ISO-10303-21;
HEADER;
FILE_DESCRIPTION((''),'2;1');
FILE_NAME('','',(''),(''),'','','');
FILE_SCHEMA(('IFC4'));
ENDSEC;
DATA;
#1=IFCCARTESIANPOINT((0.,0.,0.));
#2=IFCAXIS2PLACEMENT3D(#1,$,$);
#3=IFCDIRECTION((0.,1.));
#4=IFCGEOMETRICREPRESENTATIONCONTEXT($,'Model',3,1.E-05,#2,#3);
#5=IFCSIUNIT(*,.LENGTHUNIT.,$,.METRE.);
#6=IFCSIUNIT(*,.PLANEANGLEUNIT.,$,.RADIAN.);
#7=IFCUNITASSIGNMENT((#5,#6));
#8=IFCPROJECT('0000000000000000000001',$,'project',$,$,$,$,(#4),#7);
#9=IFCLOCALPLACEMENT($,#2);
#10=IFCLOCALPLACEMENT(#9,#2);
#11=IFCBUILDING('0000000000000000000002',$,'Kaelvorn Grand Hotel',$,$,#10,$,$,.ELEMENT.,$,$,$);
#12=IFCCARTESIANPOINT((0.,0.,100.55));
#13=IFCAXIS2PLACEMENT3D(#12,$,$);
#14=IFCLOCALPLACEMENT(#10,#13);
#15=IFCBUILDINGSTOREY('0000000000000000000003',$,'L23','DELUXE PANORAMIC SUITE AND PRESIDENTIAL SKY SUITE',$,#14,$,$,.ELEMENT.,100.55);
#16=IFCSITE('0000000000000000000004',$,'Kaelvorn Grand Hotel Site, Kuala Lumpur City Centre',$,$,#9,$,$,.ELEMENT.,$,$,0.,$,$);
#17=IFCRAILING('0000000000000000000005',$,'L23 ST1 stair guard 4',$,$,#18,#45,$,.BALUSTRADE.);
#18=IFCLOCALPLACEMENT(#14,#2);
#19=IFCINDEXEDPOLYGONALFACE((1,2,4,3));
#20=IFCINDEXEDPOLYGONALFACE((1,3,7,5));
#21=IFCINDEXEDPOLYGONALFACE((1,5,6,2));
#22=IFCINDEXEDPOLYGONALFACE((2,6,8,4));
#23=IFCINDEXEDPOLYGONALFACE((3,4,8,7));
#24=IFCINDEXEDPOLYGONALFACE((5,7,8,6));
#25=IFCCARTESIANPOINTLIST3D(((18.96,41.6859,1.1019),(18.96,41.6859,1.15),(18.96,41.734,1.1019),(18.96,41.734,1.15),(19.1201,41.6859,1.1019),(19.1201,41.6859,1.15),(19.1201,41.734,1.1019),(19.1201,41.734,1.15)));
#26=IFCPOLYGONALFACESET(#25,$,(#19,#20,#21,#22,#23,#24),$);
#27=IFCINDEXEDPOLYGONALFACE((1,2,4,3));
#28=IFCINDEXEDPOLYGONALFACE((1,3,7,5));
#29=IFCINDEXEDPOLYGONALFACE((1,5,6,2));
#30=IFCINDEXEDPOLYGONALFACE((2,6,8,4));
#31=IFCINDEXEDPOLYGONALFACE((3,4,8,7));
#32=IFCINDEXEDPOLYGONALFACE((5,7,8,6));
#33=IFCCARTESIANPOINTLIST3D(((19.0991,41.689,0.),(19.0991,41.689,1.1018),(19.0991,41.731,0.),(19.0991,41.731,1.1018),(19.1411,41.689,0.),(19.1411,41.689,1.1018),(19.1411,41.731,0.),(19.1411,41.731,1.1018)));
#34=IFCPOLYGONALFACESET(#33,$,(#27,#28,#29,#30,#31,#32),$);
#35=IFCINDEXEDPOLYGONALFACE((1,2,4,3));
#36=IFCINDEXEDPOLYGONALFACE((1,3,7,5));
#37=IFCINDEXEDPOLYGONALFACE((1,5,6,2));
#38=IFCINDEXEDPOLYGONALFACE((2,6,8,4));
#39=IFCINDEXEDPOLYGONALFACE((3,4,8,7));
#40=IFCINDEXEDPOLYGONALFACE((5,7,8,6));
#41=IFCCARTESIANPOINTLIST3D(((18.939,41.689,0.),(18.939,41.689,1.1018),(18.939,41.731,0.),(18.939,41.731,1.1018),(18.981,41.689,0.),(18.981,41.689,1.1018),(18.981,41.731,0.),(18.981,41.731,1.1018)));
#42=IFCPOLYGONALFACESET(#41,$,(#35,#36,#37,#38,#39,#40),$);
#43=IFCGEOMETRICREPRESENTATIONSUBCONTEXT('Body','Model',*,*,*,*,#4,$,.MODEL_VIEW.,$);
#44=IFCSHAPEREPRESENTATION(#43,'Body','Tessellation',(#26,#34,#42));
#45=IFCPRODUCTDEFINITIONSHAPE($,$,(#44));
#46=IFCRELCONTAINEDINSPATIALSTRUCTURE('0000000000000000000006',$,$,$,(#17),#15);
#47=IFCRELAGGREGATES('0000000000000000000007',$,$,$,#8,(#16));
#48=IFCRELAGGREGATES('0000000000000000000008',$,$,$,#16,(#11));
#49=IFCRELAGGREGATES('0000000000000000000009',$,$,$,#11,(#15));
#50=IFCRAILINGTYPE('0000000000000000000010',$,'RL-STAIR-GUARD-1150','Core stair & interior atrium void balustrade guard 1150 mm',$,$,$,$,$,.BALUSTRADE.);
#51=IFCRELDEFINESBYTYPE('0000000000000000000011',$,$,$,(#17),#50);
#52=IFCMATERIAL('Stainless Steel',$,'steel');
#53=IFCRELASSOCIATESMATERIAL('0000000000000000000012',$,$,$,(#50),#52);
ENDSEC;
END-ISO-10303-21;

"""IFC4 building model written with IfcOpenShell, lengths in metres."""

from ifc_helpers import new_model, si_unit, direction, frame, origin, origin_2d, place, context, subcontext, project, spatial, rectangle, extrude, material, type_object, element, save


model = new_model("IFC4")

# Units and contexts
model_context = context("Model", 3, precision=1e-05, world=origin(), true_north=direction((0.0, 1.0)))
body_context = subcontext(model_context, "Body", "Model", "MODEL_VIEW")
ifc_project = project(units=[si_unit("LENGTHUNIT", "METRE"), si_unit("PLANEANGLEUNIT", "RADIAN")], contexts=[model_context])

# Site, building, storey
site_placement = place(None, origin())
site = spatial("IfcSite", under=ifc_project, at=site_placement, Name="Kaelvorn Grand Hotel Site, Kuala Lumpur City Centre", CompositionType="ELEMENT", RefElevation=0.0)
building_placement = place(site_placement, origin())
building = spatial("IfcBuilding", under=site, at=building_placement, Name="Kaelvorn Grand Hotel", CompositionType="ELEMENT")
storey_placement = place(building_placement, frame((0.0, 0.0, 100.55)))
storey = spatial("IfcBuildingStorey", under=building, at=storey_placement, Name="L23", Description="DELUXE PANORAMIC SUITE AND PRESIDENTIAL SKY SUITE", CompositionType="ELEMENT", Elevation=100.55)

# Shared definitions
ifc_material_1 = material(Name="Stainless Steel", Category="steel")

# Railing
railing_type_1 = type_object("IfcRailingType", Name="RL-STAIR-GUARD-1150", Description="Core stair & interior atrium void balustrade guard 1150 mm", PredefinedType="BALUSTRADE", material=ifc_material_1)
railing_1_placement = place(storey_placement, frame((19.1201, 41.71, 0.0)))
element("IfcRailing", 1, at=railing_1_placement, inside=storey, type_object=railing_type_1, Name="L23 ST1 stair guard 4", PredefinedType="BALUSTRADE", context=body_context, shape_type="SweptSolid", body=[
    extrude(rectangle(XDim=0.0481, YDim=0.0481, at=origin_2d()), frame((0.0, 0.0, 1.126), z_axis=(-1.0, 0.0, 0.0), x_axis=(0.0, -1.0, 0.0)), (0.0, 0.0, 1.0), 0.1602),
    extrude(rectangle(XDim=0.042, YDim=0.042, at=origin_2d()), origin(), (0.0, 0.0, 1.0), 1.1018),
    extrude(rectangle(XDim=0.042, YDim=0.042, at=origin_2d()), frame((-0.1602, 0.0, 0.0)), (0.0, 0.0, 1.0), 1.1018),
])

save(model, "model.ifc")
